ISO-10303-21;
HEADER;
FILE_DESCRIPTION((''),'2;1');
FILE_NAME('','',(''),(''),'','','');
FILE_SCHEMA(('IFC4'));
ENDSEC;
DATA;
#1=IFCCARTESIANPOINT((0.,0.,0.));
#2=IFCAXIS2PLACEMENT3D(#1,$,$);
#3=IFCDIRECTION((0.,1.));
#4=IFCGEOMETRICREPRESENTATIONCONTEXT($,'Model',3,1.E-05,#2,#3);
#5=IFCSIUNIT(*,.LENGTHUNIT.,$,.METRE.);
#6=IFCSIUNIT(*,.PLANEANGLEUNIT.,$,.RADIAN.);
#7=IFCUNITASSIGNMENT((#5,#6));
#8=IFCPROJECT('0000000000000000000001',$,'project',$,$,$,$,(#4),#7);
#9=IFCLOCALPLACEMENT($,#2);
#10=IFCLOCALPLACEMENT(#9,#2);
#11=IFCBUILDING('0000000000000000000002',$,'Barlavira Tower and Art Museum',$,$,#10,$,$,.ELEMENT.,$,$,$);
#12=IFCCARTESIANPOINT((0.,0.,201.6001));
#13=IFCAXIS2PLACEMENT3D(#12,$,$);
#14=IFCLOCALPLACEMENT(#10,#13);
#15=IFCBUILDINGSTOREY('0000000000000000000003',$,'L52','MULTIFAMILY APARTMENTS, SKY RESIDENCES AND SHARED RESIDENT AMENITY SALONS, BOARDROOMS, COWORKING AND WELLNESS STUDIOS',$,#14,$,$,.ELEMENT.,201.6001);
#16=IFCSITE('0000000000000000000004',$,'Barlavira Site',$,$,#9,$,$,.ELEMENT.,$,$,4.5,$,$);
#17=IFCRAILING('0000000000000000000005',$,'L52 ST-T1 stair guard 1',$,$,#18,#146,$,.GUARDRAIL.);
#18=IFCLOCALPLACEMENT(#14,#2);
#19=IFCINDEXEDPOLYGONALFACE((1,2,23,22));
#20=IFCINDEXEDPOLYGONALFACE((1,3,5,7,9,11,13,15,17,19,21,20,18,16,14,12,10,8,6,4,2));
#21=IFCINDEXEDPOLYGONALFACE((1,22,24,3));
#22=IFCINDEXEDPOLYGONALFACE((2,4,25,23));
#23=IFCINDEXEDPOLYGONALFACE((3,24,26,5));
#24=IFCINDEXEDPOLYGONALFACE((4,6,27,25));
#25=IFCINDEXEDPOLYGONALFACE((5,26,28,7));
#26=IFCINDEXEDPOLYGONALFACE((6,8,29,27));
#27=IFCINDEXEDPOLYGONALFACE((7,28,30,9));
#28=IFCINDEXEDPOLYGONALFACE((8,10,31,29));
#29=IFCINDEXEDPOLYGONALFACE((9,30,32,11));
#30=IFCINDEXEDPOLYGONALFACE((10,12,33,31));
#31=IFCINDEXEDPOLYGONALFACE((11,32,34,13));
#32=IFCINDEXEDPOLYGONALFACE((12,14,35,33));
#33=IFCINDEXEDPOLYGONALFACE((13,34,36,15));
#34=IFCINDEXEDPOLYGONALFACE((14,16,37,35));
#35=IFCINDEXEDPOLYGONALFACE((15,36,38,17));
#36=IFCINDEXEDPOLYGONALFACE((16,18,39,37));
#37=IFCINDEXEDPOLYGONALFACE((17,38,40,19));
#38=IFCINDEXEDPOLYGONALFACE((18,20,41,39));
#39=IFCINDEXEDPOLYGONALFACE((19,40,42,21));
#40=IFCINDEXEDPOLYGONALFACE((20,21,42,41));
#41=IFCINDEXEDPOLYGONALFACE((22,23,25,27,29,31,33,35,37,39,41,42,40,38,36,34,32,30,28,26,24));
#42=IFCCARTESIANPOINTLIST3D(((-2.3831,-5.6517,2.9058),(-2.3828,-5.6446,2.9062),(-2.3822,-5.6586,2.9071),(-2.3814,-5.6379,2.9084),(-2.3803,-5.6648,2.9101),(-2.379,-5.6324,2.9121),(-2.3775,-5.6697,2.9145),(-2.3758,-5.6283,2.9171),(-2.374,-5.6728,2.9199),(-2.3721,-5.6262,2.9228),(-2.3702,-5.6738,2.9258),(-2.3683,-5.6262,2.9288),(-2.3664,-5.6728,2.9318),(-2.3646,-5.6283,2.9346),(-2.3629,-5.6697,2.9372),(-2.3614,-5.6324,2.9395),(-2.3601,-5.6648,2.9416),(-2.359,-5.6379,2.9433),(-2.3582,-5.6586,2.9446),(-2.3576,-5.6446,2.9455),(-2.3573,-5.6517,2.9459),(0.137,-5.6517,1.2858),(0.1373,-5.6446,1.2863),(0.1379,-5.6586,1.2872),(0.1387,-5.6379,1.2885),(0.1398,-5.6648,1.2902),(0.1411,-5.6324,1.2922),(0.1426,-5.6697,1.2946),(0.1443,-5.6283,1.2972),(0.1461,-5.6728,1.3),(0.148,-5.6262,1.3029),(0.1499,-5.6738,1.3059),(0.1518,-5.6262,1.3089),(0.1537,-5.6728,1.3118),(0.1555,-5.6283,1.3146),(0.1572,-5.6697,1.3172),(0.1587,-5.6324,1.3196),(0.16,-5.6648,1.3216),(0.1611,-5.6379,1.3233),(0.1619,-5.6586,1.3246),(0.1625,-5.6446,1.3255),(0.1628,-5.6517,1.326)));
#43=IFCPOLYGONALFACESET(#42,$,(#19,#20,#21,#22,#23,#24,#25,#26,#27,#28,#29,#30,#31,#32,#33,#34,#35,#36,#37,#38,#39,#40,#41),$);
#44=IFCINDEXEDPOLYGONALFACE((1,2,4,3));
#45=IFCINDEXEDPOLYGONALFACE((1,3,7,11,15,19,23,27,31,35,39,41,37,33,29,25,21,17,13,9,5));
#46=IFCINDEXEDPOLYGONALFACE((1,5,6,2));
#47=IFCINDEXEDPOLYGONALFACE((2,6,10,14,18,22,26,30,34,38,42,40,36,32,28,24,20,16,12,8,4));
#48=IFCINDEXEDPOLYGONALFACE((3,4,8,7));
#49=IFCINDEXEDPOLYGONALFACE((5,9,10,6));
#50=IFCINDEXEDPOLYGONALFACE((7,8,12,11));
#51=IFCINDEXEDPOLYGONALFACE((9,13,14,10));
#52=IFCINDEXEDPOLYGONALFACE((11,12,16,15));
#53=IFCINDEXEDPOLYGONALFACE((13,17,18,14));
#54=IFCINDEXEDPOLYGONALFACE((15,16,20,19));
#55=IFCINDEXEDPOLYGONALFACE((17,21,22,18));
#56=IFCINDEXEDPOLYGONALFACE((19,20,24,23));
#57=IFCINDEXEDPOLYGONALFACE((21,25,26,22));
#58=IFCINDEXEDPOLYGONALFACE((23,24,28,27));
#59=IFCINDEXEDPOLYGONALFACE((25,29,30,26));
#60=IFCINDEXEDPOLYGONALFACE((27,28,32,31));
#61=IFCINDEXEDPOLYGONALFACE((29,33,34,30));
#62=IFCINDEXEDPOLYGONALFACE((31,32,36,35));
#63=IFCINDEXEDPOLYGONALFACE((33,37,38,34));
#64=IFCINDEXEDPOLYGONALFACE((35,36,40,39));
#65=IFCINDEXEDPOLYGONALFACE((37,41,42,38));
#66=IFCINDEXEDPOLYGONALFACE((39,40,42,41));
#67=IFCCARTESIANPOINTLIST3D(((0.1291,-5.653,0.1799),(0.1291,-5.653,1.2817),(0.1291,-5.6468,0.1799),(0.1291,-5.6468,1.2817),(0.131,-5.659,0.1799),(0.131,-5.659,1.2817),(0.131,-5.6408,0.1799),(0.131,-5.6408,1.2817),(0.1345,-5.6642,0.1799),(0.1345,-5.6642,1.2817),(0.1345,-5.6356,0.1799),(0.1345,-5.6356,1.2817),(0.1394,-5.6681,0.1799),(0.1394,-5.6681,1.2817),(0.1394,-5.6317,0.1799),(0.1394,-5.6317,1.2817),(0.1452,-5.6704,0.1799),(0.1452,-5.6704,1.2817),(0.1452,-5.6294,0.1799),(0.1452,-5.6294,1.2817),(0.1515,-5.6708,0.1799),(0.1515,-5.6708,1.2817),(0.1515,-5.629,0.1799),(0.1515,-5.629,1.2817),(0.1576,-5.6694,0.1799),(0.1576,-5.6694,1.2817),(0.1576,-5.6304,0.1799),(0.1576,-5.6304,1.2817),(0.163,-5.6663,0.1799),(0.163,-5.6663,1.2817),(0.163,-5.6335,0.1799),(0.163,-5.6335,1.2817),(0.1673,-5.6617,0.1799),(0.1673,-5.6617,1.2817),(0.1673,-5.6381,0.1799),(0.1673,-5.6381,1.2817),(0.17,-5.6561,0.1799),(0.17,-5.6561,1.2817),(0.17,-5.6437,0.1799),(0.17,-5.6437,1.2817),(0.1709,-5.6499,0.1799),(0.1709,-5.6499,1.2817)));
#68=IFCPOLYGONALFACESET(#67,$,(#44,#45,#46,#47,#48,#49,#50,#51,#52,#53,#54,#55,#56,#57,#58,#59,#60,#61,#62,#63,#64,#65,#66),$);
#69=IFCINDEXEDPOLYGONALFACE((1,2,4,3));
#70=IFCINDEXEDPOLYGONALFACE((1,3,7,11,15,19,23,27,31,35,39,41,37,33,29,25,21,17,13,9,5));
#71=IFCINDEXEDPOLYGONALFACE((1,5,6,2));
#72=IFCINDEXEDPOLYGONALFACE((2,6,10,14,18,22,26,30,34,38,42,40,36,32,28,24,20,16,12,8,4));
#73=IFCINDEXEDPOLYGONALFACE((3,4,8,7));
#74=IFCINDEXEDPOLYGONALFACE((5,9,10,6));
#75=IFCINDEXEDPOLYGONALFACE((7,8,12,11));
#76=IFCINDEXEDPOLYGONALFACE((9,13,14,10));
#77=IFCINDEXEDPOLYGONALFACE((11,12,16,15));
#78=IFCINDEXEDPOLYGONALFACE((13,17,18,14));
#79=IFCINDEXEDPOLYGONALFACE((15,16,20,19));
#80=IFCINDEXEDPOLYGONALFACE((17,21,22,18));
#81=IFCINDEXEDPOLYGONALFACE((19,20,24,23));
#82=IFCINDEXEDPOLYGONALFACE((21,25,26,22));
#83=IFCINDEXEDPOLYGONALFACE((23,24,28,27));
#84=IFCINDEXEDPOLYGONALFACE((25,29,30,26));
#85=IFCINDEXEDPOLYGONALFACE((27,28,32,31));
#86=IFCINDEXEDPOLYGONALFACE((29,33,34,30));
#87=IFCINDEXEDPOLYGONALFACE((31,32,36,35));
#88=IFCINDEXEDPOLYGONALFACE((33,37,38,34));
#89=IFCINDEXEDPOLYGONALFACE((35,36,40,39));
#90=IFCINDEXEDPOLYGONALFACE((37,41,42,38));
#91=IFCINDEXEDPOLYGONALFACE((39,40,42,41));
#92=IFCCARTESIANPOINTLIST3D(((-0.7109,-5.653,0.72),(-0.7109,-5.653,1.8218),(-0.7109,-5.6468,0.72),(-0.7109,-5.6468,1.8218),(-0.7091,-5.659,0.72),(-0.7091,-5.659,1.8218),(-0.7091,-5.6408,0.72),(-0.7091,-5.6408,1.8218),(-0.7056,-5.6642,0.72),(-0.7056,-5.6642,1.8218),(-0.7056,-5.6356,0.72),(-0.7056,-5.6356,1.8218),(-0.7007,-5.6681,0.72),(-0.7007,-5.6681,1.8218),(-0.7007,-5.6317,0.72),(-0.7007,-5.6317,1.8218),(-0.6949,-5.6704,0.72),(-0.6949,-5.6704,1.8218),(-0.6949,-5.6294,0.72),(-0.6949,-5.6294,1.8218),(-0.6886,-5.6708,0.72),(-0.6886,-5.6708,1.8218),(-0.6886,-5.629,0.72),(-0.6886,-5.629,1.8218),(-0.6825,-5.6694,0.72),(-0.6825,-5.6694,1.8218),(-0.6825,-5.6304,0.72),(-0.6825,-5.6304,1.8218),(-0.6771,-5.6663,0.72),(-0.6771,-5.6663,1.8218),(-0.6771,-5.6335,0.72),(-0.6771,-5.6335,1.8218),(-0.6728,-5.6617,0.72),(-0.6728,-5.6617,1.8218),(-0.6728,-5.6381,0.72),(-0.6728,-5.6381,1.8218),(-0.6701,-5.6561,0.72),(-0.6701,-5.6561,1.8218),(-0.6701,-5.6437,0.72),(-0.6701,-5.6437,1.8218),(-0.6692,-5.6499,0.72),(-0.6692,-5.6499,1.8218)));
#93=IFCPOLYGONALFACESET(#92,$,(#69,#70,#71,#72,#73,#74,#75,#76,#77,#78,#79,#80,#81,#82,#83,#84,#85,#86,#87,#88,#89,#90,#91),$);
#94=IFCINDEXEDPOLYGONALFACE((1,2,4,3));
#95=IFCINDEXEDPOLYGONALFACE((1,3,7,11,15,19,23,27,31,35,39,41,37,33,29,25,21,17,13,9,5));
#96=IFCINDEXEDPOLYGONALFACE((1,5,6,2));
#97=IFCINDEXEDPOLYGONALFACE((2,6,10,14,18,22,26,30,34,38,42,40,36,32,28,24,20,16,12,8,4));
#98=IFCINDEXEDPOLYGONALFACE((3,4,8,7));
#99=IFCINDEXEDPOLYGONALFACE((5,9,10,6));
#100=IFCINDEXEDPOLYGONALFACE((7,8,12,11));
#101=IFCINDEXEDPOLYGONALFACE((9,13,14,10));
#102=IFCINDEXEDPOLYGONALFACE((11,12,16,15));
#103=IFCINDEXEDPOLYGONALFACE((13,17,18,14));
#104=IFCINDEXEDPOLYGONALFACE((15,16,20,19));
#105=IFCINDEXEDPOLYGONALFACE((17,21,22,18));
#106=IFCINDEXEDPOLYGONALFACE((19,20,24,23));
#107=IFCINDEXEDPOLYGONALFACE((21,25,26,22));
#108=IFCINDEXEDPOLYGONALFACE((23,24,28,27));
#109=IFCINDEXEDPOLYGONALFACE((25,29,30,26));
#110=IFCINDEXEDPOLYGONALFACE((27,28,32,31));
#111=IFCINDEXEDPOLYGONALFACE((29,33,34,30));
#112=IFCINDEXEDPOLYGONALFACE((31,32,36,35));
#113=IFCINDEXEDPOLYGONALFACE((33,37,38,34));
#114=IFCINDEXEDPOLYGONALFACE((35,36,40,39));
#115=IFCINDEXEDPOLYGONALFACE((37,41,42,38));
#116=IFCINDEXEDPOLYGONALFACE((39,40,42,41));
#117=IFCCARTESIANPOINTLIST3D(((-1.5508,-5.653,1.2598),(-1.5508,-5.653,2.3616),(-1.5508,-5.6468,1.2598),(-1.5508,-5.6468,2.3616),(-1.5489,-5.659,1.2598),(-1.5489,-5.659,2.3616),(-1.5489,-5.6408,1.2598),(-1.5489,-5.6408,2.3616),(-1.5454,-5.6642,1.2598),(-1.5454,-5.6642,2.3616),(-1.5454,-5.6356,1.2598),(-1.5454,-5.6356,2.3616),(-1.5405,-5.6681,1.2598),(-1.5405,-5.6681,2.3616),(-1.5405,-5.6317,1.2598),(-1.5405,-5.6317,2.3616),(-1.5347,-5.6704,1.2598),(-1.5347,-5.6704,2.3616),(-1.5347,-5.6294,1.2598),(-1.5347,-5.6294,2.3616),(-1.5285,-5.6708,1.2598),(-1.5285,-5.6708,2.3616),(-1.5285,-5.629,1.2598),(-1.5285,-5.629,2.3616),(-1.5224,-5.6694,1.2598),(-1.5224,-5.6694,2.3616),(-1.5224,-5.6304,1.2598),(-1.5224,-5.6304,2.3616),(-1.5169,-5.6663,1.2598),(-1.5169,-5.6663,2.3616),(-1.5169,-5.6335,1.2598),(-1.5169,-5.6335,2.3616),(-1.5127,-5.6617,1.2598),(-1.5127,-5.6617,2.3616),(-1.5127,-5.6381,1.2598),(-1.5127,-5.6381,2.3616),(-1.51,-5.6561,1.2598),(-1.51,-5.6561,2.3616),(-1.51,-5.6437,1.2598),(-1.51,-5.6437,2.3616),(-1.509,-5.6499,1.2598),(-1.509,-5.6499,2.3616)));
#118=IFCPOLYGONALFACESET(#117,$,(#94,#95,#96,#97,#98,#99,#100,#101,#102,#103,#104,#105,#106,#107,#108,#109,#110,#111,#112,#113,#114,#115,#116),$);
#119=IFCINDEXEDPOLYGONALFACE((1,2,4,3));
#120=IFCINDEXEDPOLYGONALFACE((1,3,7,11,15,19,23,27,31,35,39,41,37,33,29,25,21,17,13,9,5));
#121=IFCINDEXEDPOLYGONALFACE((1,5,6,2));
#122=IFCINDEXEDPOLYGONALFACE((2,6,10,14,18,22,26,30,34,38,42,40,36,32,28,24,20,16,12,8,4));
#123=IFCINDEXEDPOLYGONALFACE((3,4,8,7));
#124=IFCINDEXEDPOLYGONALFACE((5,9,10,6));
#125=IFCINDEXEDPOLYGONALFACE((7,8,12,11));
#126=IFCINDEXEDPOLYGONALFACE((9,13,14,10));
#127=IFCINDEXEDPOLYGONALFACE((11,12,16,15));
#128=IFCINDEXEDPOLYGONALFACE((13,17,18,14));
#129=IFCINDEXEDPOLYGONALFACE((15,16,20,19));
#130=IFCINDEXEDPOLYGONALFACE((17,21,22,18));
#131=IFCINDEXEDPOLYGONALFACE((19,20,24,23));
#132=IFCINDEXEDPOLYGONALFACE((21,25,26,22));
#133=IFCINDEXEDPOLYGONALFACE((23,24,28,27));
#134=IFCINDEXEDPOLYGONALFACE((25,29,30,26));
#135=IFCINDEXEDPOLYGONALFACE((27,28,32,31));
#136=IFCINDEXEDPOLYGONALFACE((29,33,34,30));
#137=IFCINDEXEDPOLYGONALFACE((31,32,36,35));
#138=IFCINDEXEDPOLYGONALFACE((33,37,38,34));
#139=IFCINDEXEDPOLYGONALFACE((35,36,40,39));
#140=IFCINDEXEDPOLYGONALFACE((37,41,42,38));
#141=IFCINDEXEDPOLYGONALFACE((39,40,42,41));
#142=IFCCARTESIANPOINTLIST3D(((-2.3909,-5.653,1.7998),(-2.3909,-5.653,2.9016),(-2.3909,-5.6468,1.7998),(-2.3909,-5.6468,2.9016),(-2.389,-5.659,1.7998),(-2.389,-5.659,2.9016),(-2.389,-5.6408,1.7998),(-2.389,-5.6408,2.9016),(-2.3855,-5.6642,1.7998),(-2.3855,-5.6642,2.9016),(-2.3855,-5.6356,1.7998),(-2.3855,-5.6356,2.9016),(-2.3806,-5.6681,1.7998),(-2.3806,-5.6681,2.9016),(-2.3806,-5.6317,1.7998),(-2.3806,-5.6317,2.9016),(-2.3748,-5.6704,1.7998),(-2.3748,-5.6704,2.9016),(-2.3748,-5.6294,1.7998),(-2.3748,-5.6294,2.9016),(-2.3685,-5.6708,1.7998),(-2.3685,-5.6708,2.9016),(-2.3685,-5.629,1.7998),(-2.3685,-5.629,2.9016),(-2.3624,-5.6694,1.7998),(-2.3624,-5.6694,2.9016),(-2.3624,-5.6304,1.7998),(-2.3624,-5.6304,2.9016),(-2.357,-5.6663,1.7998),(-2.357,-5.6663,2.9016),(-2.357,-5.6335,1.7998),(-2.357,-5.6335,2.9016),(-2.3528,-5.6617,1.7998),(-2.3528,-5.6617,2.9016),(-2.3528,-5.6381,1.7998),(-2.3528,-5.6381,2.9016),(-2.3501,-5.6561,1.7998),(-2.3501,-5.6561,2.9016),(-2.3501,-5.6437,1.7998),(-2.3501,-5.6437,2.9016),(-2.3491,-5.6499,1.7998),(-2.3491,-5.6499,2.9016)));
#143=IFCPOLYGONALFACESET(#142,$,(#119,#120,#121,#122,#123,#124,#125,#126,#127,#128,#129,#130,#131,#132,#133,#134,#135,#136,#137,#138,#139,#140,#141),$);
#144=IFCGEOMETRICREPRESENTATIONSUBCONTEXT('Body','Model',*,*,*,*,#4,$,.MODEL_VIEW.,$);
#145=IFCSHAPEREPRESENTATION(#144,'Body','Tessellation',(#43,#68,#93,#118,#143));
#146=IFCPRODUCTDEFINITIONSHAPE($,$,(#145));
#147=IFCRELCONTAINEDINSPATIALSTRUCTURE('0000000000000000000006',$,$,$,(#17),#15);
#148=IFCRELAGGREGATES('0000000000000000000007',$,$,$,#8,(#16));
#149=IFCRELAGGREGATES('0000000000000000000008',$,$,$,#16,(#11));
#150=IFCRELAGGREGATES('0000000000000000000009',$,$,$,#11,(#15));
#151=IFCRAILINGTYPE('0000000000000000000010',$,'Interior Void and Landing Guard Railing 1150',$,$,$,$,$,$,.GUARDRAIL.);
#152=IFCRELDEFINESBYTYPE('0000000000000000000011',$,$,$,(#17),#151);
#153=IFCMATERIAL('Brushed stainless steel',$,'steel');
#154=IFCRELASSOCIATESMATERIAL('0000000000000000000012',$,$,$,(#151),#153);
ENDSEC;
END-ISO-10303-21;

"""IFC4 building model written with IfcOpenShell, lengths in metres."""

from ifc_helpers import new_model, si_unit, direction, frame, origin, origin_2d, place, context, subcontext, project, spatial, circle, extrude, material, type_object, element, save


model = new_model("IFC4")

# Units and contexts
model_context = context("Model", 3, precision=1e-05, world=origin(), true_north=direction((0.0, 1.0)))
body_context = subcontext(model_context, "Body", "Model", "MODEL_VIEW")
ifc_project = project(units=[si_unit("LENGTHUNIT", "METRE"), si_unit("PLANEANGLEUNIT", "RADIAN")], contexts=[model_context])

# Site, building, storey
site_placement = place(None, origin())
site = spatial("IfcSite", under=ifc_project, at=site_placement, Name="Barlavira Site", CompositionType="ELEMENT", RefElevation=4.5)
building_placement = place(site_placement, origin())
building = spatial("IfcBuilding", under=site, at=building_placement, Name="Barlavira Tower and Art Museum", CompositionType="ELEMENT")
storey_placement = place(building_placement, frame((0.0, 0.0, 201.6001)))
storey = spatial("IfcBuildingStorey", under=building, at=storey_placement, Name="L52", Description="MULTIFAMILY APARTMENTS, SKY RESIDENCES AND SHARED RESIDENT AMENITY SALONS, BOARDROOMS, COWORKING AND WELLNESS STUDIOS", CompositionType="ELEMENT", Elevation=201.6001)

# Shared definitions
ifc_material_1 = material(Name="Brushed stainless steel", Category="steel")

# Railing
railing_type_1 = type_object("IfcRailingType", Name="Interior Void and Landing Guard Railing 1150", PredefinedType="GUARDRAIL", material=ifc_material_1)
railing_1_placement = place(storey_placement, frame((0.1499, -5.6499, 0.1799)))
element("IfcRailing", 1, at=railing_1_placement, inside=storey, type_object=railing_type_1, Name="L52 ST-T1 stair guard 1", PredefinedType="GUARDRAIL", context=body_context, shape_type="SweptSolid", body=[
    extrude(circle(Radius=0.0239, at=origin_2d()), frame((0.0, 0.0, 1.126), z_axis=(-0.8412, 0.0, 0.540725), x_axis=(0.0, -1.0, 0.0)), (0.0, 0.0, 1.0), 2.9958),
    extrude(circle(Radius=0.021, at=origin_2d()), origin(), (0.0, 0.0, 1.0), 1.1018),
    extrude(circle(Radius=0.021, at=origin_2d()), frame((-0.8401, 0.0, 0.54)), (0.0, 0.0, 1.0), 1.1018),
    extrude(circle(Radius=0.021, at=origin_2d()), frame((-1.6799, 0.0, 1.0798)), (0.0, 0.0, 1.0), 1.1018),
    extrude(circle(Radius=0.021, at=origin_2d()), frame((-2.52, 0.0, 1.6199)), (0.0, 0.0, 1.0), 1.1018),
])

save(model, "model.ifc")
